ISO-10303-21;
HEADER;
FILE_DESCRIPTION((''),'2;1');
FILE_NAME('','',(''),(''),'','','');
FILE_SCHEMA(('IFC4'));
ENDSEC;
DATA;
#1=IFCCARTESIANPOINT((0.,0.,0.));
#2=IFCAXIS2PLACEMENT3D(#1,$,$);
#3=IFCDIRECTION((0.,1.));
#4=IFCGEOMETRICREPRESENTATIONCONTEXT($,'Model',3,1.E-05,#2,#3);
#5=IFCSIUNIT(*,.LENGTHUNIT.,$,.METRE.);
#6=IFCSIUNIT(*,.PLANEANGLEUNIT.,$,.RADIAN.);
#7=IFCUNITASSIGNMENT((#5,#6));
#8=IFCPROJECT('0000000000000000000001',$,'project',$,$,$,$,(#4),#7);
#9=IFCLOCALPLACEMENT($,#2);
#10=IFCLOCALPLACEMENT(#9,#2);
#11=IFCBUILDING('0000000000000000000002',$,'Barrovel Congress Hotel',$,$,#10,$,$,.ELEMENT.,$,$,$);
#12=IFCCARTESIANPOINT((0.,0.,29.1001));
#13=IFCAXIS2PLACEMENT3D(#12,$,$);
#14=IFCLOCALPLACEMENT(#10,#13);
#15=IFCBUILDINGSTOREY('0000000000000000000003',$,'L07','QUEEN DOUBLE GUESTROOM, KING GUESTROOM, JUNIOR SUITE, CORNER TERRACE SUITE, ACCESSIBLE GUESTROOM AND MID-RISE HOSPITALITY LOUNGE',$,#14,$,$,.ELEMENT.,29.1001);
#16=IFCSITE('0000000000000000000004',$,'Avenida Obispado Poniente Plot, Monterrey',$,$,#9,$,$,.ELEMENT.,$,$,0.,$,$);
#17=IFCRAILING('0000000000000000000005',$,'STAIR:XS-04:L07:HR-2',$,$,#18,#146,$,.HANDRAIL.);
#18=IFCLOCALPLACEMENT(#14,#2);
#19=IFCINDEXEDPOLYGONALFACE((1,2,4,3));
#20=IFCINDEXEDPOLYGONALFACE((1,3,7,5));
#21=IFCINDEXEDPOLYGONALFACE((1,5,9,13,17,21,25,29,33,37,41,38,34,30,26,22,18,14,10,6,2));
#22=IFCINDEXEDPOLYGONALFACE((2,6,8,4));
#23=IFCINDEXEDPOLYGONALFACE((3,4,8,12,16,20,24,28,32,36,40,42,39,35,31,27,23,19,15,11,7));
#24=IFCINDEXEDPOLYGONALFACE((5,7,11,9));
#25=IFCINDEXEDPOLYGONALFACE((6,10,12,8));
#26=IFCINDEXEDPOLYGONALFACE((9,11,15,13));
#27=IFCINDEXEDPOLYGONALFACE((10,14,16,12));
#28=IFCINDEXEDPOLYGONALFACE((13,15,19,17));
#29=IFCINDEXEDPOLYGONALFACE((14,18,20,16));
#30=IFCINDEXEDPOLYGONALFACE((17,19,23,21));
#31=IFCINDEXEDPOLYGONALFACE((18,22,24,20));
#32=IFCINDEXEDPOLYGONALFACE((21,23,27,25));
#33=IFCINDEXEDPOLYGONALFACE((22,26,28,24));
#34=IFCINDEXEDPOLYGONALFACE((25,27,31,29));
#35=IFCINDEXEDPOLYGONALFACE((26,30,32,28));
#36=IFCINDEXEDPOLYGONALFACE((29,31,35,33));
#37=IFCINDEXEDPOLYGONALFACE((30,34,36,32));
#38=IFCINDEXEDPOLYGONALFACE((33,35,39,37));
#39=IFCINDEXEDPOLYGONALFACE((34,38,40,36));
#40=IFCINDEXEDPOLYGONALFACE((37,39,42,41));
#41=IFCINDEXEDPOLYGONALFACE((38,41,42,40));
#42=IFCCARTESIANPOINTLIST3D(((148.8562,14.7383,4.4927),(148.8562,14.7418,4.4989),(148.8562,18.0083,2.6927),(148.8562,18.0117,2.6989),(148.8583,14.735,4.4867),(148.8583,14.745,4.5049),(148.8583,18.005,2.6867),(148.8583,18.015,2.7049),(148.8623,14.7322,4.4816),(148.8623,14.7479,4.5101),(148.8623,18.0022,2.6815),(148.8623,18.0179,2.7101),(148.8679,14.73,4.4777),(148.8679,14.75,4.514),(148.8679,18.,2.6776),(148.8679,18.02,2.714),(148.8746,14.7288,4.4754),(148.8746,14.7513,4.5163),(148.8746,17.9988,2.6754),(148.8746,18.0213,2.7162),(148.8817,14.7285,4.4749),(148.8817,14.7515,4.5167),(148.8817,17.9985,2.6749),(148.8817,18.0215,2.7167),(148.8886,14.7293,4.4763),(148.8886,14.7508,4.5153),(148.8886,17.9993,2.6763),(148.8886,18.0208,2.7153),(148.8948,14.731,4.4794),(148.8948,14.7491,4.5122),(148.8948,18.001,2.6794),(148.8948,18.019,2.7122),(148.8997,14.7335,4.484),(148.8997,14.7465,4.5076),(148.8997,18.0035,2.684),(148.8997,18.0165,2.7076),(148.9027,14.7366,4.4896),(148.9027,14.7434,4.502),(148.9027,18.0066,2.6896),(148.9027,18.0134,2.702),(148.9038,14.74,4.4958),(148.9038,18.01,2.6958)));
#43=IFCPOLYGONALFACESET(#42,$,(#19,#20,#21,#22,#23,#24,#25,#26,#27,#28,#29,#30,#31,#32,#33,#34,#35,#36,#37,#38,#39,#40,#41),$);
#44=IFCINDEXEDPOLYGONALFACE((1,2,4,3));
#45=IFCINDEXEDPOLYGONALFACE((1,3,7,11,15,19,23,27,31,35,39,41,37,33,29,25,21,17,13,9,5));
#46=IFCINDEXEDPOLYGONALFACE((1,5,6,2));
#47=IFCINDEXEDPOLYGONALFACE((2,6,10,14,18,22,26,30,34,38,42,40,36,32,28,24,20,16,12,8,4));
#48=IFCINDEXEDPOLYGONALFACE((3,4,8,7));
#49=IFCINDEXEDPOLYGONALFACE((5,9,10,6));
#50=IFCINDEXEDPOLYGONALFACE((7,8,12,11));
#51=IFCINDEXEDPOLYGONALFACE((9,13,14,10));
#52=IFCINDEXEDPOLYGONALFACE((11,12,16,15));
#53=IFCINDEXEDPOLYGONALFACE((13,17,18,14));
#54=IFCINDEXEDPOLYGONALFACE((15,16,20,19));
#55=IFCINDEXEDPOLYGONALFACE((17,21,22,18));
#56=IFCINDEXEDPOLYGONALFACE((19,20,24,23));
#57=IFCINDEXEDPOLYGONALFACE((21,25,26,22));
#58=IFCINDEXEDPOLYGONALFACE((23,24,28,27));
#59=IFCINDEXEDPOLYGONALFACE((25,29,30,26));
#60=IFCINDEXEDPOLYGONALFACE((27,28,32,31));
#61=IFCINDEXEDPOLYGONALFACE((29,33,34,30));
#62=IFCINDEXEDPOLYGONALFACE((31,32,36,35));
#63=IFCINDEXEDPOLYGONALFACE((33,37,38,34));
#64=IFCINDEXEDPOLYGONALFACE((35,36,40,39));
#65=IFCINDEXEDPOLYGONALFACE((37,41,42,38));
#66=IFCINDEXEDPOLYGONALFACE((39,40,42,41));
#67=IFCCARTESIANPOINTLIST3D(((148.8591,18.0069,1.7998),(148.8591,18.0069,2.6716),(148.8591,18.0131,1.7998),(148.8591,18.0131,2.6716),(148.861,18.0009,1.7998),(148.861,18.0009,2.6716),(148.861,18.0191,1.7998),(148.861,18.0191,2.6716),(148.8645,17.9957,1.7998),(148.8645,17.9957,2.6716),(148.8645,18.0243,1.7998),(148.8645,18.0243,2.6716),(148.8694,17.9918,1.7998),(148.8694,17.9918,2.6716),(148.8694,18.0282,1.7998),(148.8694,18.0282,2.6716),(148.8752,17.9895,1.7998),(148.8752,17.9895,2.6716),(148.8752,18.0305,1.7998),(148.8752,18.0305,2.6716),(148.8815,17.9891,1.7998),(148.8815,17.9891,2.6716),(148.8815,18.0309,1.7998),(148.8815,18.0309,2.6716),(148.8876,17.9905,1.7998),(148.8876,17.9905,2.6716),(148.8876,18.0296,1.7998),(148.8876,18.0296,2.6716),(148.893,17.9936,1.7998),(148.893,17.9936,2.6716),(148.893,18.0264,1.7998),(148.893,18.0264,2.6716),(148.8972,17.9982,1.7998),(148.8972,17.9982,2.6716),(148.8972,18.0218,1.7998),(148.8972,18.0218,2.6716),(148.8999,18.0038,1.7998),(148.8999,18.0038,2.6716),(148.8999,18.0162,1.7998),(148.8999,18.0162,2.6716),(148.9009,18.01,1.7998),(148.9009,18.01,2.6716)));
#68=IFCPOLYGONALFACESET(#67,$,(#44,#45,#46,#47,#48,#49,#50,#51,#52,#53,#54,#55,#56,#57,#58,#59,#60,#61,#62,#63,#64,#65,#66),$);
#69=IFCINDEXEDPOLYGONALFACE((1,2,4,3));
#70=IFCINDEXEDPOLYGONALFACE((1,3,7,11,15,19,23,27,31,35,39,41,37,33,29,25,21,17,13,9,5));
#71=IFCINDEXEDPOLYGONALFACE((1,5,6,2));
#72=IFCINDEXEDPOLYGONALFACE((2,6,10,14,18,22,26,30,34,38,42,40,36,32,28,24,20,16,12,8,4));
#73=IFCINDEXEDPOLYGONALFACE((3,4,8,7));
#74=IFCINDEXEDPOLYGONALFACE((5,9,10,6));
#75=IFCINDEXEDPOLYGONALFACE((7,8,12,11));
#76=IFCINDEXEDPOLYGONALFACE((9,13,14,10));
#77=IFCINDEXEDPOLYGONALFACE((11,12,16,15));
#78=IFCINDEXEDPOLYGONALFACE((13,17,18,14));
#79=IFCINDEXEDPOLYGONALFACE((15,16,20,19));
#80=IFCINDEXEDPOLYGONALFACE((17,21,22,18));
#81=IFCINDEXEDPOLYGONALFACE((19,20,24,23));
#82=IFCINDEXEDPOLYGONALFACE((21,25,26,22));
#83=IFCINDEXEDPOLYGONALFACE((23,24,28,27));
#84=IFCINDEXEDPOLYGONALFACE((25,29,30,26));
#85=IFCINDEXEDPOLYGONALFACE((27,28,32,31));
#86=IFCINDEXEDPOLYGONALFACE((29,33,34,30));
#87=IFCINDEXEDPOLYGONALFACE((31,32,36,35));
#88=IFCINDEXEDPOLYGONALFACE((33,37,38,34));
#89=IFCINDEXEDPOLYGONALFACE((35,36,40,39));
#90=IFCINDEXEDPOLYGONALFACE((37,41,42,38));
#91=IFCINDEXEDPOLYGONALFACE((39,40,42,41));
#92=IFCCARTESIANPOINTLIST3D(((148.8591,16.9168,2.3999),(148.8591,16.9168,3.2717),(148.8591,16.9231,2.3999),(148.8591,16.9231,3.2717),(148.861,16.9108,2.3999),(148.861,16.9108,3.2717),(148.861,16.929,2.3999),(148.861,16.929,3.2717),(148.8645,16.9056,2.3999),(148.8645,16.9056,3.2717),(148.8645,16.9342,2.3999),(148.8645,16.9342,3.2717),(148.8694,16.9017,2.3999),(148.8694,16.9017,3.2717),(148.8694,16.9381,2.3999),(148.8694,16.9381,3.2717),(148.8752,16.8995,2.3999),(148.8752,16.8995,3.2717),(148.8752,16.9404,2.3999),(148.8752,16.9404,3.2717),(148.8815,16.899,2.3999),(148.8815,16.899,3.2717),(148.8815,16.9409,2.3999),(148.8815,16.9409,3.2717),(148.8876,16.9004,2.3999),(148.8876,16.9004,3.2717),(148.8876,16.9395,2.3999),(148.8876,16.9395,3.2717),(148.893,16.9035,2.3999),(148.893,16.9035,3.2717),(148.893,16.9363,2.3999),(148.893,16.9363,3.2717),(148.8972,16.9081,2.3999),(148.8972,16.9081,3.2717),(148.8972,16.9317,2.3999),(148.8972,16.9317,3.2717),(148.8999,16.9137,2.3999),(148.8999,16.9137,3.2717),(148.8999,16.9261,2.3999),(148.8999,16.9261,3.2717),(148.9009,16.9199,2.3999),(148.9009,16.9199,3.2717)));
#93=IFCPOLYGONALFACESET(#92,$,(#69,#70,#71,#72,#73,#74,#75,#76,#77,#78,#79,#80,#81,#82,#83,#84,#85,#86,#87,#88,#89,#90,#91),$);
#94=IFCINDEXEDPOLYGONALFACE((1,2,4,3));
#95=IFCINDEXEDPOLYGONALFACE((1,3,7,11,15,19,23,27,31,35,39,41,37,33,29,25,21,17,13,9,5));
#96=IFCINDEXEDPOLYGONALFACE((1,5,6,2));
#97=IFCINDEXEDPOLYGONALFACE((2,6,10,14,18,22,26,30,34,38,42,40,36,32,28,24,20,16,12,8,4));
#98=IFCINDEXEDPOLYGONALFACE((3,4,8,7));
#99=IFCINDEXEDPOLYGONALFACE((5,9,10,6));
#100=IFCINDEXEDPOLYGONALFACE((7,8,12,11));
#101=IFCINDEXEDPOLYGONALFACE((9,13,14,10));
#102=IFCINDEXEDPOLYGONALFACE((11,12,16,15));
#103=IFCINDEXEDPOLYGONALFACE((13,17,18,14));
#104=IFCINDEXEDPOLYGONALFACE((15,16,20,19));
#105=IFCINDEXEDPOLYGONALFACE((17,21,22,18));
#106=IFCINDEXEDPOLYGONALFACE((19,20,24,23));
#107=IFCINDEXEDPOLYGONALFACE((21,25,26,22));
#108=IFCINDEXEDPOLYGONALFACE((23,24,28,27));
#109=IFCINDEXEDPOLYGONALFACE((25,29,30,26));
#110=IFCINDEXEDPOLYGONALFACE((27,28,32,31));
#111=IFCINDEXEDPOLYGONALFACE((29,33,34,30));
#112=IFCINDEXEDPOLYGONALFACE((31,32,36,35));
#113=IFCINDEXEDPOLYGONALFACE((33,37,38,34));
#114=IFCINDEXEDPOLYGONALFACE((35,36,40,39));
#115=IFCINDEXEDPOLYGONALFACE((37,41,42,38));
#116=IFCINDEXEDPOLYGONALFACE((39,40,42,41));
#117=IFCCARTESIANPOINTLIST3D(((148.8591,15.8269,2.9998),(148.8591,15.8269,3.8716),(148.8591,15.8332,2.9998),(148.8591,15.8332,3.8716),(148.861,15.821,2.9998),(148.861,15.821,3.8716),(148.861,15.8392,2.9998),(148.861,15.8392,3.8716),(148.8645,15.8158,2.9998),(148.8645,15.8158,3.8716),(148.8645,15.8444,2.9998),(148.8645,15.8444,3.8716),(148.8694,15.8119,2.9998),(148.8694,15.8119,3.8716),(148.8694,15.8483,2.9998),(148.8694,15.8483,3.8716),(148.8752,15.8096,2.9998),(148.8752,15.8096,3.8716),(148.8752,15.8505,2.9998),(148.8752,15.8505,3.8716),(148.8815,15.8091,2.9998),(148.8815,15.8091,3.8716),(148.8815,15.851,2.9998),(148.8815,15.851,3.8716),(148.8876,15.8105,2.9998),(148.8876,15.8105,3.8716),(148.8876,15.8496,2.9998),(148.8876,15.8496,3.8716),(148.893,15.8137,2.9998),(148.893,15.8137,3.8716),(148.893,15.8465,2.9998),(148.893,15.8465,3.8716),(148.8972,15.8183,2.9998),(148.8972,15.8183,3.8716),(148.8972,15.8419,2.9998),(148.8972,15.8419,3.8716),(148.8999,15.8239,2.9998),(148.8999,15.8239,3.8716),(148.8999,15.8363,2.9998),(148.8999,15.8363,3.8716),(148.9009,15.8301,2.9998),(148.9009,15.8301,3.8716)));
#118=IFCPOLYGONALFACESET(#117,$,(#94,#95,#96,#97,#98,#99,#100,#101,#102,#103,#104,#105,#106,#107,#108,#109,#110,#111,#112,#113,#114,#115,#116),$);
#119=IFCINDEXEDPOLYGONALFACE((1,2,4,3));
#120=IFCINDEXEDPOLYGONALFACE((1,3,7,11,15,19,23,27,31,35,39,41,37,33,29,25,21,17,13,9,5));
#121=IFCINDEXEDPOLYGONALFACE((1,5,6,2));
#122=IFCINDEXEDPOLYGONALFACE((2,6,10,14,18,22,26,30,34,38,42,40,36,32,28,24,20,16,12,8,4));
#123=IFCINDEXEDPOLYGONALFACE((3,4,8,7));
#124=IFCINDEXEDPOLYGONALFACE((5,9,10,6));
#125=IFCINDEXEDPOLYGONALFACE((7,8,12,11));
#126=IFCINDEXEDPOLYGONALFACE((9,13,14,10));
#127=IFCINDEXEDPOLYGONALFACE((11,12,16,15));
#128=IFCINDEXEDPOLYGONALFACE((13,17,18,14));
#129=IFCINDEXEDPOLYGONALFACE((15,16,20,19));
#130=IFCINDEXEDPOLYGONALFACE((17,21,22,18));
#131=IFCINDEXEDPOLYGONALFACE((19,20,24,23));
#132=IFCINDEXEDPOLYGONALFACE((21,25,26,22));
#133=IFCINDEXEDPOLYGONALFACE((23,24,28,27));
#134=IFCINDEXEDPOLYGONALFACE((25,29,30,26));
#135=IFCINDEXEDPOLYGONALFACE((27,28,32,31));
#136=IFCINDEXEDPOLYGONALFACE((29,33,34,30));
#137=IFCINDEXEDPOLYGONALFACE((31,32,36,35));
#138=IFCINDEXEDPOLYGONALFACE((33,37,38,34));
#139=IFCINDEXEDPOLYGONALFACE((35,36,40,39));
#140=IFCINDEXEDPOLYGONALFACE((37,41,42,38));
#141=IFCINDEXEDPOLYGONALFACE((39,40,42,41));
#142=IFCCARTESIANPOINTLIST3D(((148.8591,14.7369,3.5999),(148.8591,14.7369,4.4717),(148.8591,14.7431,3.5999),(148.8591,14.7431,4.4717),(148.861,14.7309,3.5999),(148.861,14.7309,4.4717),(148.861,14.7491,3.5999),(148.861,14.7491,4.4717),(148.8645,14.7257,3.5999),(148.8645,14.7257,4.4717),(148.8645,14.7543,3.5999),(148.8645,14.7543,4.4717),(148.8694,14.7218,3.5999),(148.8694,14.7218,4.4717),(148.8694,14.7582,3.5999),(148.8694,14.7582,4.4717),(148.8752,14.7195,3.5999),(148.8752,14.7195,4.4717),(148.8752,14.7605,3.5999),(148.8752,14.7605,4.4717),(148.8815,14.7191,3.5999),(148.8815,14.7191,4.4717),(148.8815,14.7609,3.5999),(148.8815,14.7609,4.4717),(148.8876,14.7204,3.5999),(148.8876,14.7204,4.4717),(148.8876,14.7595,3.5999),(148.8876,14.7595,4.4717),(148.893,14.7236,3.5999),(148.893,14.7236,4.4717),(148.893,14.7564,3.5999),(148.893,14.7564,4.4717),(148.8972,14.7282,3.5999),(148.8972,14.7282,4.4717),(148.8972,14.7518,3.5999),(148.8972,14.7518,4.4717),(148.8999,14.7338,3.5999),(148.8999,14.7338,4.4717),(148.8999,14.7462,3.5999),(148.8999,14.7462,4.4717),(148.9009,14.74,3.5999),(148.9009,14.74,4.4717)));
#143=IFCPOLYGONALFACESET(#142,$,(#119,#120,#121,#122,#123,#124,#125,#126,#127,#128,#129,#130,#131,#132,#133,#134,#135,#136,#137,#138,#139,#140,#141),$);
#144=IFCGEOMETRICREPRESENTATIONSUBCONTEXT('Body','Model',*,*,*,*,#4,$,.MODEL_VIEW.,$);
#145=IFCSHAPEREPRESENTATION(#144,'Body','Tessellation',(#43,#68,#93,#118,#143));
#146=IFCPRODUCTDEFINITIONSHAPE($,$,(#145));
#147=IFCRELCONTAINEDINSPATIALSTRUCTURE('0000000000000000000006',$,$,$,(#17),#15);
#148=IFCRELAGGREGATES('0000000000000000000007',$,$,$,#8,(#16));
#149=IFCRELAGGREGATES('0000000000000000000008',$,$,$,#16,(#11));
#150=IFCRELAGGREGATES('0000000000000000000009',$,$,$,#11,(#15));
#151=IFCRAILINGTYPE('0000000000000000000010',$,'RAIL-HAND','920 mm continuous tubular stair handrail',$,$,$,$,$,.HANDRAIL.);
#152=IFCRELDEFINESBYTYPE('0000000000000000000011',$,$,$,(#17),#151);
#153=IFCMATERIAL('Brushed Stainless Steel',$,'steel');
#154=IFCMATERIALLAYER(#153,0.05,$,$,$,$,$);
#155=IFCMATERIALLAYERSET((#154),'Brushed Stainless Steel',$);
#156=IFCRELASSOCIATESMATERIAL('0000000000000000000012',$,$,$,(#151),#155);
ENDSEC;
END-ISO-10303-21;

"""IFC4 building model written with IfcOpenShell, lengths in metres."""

from ifc_helpers import new_model, si_unit, direction, frame, origin, origin_2d, place, context, subcontext, project, spatial, circle, extrude, material, layer, layer_set, type_object, element, save


model = new_model("IFC4")

# Units and contexts
model_context = context("Model", 3, precision=1e-05, world=origin(), true_north=direction((0.0, 1.0)))
body_context = subcontext(model_context, "Body", "Model", "MODEL_VIEW")
ifc_project = project(units=[si_unit("LENGTHUNIT", "METRE"), si_unit("PLANEANGLEUNIT", "RADIAN")], contexts=[model_context])

# Site, building, storey
site_placement = place(None, origin())
site = spatial("IfcSite", under=ifc_project, at=site_placement, Name="Avenida Obispado Poniente Plot, Monterrey", CompositionType="ELEMENT", RefElevation=0.0)
building_placement = place(site_placement, origin())
building = spatial("IfcBuilding", under=site, at=building_placement, Name="Barrovel Congress Hotel", CompositionType="ELEMENT")
storey_placement = place(building_placement, frame((0.0, 0.0, 29.1001)))
storey = spatial("IfcBuildingStorey", under=building, at=storey_placement, Name="L07", Description="QUEEN DOUBLE GUESTROOM, KING GUESTROOM, JUNIOR SUITE, CORNER TERRACE SUITE, ACCESSIBLE GUESTROOM AND MID-RISE HOSPITALITY LOUNGE", CompositionType="ELEMENT", Elevation=29.1001)

# Railing
ifc_material_1 = material(Name="Brushed Stainless Steel", Category="steel")
ifc_layer_1 = layer(ifc_material_1, 0.05)
ifc_layer_set_1 = layer_set([ifc_layer_1], Name="Brushed Stainless Steel")
railing_type_1 = type_object("IfcRailingType", Name="RAIL-HAND", Description="920 mm continuous tubular stair handrail", PredefinedType="HANDRAIL", material=ifc_layer_set_1)
railing_1_placement = place(storey_placement, frame((148.8799, 18.01, 1.7998)))
element("IfcRailing", 1, at=railing_1_placement, inside=storey, type_object=railing_type_1, Name="STAIR:XS-04:L07:HR-2", PredefinedType="HANDRAIL", context=body_context, shape_type="SweptSolid", body=[
    extrude(circle(Radius=0.0239, at=origin_2d()), frame((0.0, 0.0, 0.896), z_axis=(0.0, -0.876042, 0.482235), x_axis=(1.0, 0.0, 0.0)), (0.0, 0.0, 1.0), 3.7327),
    extrude(circle(Radius=0.021, at=origin_2d()), origin(), (0.0, 0.0, 1.0), 0.8718),
    extrude(circle(Radius=0.021, at=origin_2d()), frame((0.0, -1.0901, 0.6001)), (0.0, 0.0, 1.0), 0.8718),
    extrude(circle(Radius=0.021, at=origin_2d()), frame((0.0, -2.1799, 1.2)), (0.0, 0.0, 1.0), 0.8718),
    extrude(circle(Radius=0.021, at=origin_2d()), frame((0.0, -3.27, 1.8)), (0.0, 0.0, 1.0), 0.8718),
])

save(model, "model.ifc")
